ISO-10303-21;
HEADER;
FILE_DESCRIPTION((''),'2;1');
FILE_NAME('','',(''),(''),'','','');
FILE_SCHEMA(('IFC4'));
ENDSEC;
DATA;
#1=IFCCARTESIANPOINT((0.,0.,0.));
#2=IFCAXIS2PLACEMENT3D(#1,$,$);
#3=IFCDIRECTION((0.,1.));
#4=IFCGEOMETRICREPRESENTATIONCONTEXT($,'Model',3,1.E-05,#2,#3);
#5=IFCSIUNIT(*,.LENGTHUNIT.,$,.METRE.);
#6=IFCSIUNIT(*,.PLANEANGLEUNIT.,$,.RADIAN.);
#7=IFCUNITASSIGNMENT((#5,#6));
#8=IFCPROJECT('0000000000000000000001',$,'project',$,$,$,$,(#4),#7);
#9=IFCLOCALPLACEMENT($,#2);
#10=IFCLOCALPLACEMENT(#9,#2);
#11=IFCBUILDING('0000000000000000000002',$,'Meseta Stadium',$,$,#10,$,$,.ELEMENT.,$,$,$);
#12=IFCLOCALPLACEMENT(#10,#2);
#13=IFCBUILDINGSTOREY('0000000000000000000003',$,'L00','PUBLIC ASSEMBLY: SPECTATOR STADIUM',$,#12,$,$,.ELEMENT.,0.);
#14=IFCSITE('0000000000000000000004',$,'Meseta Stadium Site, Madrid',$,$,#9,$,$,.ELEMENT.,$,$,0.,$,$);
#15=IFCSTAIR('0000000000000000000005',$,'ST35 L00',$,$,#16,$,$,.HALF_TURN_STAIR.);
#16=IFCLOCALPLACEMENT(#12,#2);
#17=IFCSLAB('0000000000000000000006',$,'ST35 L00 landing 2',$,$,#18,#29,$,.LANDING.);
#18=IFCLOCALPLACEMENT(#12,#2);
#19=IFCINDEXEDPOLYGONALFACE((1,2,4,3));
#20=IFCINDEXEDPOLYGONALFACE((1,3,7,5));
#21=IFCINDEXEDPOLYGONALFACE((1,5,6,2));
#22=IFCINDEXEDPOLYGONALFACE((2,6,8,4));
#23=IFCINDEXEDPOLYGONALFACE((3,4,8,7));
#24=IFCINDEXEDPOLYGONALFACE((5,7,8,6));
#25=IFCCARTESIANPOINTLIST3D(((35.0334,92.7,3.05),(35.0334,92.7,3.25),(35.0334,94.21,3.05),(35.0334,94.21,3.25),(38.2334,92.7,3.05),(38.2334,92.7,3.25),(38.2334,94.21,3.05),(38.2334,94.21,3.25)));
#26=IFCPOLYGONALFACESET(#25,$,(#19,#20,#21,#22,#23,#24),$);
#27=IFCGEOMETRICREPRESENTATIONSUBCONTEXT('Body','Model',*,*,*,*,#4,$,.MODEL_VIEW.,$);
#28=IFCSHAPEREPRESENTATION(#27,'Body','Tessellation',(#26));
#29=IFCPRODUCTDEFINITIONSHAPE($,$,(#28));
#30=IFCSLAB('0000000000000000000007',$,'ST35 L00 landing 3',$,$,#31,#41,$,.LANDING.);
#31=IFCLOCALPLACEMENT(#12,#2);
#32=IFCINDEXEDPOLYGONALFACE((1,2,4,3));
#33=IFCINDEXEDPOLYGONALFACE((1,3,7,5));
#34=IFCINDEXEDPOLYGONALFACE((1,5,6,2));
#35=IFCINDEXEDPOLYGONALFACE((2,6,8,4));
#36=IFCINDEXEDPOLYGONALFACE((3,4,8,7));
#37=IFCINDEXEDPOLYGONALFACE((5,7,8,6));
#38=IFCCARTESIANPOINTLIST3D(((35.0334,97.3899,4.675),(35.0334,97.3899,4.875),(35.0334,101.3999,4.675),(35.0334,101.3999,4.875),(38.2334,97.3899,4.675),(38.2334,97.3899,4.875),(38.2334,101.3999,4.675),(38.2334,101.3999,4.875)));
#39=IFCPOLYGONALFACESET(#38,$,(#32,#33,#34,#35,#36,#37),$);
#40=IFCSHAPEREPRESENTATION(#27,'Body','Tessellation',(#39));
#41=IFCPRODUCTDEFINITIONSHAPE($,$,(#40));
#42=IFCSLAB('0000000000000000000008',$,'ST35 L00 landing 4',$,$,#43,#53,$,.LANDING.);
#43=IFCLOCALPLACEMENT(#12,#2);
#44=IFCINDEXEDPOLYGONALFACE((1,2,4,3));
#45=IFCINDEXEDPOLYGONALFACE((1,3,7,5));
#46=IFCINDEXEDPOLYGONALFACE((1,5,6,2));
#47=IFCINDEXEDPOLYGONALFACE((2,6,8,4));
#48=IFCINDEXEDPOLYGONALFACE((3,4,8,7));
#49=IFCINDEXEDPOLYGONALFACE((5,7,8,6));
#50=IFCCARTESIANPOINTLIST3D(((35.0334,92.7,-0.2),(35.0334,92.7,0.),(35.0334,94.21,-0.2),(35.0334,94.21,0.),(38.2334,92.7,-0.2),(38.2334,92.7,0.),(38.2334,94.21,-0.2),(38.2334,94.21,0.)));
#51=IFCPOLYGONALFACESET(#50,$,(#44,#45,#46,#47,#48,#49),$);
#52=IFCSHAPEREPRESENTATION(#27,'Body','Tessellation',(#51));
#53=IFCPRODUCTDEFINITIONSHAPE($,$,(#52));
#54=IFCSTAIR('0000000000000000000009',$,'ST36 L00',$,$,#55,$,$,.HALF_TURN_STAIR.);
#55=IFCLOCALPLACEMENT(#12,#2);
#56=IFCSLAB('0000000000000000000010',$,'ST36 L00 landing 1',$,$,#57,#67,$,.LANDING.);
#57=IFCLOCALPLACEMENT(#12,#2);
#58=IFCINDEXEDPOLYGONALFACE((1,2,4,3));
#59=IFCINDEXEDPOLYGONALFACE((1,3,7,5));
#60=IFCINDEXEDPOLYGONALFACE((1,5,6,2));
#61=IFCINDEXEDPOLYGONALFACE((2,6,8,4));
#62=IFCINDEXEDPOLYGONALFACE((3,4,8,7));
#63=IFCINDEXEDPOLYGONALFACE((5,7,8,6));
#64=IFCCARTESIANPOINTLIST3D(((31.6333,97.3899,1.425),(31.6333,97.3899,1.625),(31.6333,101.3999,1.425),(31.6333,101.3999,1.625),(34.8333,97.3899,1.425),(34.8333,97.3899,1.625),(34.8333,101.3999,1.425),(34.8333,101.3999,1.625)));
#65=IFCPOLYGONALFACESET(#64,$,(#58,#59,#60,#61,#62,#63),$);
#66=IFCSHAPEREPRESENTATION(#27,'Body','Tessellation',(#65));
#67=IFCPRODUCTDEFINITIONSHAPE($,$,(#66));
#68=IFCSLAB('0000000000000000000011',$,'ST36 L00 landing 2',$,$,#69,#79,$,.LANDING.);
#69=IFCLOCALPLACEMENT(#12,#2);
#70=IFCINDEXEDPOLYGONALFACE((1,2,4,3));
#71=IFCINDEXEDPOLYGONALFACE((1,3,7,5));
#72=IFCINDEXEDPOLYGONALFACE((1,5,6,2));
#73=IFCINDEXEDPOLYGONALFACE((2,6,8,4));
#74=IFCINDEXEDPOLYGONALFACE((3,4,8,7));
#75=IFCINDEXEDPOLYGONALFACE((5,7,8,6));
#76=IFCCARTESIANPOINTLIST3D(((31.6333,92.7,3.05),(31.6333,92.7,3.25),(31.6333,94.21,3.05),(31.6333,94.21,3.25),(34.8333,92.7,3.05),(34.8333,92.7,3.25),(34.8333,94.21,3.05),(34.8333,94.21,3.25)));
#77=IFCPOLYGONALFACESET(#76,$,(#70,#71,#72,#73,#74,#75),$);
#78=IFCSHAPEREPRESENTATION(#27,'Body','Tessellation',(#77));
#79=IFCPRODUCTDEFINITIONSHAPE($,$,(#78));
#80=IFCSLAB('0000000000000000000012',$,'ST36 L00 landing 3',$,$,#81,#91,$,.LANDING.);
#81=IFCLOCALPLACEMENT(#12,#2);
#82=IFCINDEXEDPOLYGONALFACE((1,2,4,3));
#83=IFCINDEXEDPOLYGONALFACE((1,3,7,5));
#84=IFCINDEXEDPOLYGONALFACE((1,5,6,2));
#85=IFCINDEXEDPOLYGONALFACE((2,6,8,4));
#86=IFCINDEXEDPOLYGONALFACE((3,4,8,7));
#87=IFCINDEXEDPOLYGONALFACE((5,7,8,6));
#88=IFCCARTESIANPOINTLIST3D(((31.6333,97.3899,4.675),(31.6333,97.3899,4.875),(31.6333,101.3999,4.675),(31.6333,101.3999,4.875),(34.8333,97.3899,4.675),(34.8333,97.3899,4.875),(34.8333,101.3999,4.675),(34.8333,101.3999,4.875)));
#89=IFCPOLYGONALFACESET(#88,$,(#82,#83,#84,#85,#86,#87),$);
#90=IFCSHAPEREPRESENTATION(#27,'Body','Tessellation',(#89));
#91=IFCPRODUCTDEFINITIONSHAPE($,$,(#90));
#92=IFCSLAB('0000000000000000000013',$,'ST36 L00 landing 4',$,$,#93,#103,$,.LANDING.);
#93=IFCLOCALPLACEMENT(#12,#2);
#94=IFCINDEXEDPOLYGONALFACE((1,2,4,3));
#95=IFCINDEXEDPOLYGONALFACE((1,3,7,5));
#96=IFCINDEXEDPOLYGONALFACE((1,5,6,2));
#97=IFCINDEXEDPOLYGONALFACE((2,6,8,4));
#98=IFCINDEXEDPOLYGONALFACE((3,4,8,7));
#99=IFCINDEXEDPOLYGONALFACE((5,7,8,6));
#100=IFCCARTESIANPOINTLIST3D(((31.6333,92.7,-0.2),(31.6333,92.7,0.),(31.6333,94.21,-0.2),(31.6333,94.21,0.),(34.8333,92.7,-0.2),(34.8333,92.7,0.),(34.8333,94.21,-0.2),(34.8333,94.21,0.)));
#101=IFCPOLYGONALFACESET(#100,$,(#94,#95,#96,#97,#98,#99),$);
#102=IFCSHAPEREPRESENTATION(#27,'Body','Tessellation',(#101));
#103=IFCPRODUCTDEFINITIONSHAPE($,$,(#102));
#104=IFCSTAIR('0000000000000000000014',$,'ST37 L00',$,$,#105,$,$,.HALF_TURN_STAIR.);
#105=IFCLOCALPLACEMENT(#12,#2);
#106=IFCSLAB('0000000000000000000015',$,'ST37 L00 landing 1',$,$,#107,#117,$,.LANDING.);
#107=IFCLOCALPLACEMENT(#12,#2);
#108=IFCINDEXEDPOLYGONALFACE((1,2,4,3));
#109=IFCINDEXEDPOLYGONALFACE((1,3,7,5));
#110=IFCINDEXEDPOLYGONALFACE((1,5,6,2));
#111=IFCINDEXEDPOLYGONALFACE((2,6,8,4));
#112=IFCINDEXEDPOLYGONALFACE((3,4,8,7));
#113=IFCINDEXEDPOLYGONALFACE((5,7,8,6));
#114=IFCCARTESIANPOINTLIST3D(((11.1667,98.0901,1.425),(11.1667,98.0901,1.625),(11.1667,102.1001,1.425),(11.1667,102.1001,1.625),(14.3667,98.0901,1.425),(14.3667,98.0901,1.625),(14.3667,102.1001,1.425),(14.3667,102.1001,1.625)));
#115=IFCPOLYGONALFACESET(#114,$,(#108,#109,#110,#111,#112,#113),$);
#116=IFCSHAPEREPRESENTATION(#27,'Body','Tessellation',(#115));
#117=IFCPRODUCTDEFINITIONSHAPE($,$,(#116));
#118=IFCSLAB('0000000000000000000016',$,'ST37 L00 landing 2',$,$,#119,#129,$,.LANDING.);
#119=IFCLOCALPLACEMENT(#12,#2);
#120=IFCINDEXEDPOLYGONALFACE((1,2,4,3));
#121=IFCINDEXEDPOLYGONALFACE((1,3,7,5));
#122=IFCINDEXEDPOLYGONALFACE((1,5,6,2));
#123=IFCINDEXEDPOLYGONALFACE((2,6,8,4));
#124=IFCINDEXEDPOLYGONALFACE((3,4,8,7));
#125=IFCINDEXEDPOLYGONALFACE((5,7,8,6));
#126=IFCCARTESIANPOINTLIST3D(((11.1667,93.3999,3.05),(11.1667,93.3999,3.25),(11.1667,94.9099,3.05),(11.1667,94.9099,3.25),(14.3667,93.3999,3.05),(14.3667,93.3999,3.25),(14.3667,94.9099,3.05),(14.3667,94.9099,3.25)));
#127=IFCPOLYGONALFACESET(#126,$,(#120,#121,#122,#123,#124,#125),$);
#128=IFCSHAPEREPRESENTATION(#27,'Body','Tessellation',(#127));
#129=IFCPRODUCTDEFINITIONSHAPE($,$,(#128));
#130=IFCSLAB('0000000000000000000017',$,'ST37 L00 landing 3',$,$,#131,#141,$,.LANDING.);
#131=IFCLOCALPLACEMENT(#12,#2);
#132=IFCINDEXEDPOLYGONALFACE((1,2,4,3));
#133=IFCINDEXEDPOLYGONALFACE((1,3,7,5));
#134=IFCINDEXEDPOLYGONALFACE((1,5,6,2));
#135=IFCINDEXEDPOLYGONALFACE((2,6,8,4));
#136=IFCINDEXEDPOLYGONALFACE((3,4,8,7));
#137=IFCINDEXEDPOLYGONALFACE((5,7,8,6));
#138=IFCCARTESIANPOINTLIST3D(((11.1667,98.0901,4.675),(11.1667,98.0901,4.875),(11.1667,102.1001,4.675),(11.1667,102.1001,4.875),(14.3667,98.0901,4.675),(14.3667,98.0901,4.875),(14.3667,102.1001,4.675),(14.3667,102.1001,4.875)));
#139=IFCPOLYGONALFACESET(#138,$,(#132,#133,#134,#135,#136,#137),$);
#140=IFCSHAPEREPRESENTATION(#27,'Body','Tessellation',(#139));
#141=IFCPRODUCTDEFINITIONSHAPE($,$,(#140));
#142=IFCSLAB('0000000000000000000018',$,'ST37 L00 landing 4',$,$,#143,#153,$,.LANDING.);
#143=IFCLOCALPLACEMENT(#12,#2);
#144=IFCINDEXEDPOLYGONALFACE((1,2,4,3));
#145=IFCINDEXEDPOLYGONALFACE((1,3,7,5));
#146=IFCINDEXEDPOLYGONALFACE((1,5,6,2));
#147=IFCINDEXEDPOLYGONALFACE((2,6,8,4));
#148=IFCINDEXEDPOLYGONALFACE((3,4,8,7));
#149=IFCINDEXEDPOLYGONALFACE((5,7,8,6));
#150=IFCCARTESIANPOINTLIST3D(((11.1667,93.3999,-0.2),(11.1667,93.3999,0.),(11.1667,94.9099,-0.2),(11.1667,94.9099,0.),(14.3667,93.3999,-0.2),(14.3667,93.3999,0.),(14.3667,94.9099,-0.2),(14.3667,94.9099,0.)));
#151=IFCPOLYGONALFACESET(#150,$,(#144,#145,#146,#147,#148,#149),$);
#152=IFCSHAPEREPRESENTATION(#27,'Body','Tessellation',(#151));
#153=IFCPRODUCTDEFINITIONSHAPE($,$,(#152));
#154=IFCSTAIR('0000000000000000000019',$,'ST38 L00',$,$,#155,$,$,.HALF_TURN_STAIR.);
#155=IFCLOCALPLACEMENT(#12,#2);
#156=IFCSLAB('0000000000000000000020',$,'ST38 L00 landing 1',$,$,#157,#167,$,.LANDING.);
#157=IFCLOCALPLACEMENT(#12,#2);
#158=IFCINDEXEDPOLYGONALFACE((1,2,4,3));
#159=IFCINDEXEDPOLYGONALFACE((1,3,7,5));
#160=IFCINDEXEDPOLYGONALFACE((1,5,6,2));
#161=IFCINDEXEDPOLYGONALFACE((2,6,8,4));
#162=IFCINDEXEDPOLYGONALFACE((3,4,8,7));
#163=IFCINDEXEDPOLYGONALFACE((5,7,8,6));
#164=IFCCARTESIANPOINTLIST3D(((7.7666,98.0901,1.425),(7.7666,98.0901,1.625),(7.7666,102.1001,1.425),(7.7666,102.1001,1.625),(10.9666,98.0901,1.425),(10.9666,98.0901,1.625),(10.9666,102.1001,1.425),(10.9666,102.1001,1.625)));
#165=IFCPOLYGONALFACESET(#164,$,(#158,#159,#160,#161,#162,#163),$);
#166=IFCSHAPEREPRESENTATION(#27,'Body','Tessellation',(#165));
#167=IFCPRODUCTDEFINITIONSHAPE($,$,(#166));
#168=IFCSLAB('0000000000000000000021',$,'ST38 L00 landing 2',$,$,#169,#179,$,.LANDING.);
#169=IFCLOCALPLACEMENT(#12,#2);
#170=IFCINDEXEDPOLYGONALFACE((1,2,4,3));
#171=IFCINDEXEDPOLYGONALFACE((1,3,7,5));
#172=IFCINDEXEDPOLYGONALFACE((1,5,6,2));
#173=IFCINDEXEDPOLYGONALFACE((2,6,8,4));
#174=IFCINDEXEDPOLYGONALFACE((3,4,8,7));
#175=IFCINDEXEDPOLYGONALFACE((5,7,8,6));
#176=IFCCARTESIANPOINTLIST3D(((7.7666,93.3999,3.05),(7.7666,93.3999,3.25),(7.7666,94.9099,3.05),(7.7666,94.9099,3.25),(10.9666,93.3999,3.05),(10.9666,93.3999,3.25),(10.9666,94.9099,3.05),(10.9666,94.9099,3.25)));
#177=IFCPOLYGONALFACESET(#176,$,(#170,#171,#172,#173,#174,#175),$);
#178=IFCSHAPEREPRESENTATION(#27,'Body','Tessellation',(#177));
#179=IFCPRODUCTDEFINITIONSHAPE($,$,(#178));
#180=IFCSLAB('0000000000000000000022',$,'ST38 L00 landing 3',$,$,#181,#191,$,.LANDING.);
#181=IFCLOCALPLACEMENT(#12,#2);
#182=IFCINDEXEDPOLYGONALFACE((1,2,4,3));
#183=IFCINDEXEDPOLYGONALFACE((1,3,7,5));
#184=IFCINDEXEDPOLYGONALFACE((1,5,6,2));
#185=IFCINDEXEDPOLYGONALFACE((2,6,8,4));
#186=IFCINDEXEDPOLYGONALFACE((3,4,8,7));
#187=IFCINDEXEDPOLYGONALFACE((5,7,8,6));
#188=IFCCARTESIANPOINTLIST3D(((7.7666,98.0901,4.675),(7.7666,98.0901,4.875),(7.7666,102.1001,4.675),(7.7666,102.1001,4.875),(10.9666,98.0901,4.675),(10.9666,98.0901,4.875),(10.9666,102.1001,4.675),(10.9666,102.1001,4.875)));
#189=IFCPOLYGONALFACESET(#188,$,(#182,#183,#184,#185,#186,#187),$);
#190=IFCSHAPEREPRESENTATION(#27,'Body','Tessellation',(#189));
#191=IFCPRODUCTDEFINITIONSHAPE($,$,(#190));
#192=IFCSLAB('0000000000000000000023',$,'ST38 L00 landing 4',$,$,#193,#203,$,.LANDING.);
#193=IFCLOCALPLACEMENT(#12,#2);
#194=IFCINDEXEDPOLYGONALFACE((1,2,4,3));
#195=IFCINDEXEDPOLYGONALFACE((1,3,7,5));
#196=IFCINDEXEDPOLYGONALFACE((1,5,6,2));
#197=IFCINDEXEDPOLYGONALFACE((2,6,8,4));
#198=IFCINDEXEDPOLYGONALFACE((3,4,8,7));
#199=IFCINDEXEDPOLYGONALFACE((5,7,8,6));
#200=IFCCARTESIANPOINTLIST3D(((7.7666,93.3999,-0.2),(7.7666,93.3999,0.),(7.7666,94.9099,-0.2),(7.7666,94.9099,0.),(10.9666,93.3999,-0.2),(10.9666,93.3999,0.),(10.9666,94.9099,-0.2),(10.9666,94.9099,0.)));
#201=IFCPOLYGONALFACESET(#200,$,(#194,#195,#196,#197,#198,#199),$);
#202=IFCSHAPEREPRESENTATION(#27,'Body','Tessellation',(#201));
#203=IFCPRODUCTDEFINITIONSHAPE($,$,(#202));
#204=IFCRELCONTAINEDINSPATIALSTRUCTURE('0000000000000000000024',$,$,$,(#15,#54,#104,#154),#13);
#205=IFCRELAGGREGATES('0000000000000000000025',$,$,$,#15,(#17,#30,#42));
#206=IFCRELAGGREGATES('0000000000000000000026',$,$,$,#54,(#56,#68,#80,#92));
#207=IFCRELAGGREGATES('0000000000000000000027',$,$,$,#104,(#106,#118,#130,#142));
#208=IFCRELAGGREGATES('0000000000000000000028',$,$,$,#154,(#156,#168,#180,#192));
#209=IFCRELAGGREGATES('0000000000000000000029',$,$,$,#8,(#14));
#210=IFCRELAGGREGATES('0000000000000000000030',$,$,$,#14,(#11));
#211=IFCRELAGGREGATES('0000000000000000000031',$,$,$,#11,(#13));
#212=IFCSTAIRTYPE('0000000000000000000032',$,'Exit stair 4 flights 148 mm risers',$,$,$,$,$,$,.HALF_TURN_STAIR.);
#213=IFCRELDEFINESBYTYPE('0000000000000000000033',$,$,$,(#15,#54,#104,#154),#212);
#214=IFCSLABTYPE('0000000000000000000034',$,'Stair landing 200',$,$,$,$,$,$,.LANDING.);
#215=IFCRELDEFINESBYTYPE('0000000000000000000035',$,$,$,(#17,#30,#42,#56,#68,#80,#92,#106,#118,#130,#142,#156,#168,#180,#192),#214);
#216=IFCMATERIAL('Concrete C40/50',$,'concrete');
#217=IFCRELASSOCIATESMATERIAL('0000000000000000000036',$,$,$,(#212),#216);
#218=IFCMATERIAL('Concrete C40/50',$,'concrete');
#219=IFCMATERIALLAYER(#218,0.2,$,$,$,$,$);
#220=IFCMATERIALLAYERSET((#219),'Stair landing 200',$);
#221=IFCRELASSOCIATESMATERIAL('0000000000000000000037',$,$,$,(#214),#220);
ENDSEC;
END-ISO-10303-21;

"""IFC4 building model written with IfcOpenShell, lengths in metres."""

from ifc_helpers import new_model, si_unit, direction, frame, origin, place, context, subcontext, project, spatial, polyline, outline, extrude, material, layer, layer_set, type_object, element, aggregate, save


model = new_model("IFC4")

# Units and contexts
model_context = context("Model", 3, precision=1e-05, world=origin(), true_north=direction((0.0, 1.0)))
body_context = subcontext(model_context, "Body", "Model", "MODEL_VIEW")
ifc_project = project(units=[si_unit("LENGTHUNIT", "METRE"), si_unit("PLANEANGLEUNIT", "RADIAN")], contexts=[model_context])

# Site, building, storey
site_placement = place(None, origin())
site = spatial("IfcSite", under=ifc_project, at=site_placement, Name="Meseta Stadium Site, Madrid", CompositionType="ELEMENT", RefElevation=0.0)
building_placement = place(site_placement, origin())
building = spatial("IfcBuilding", under=site, at=building_placement, Name="Meseta Stadium", CompositionType="ELEMENT")
storey_placement = place(building_placement, origin())
storey = spatial("IfcBuildingStorey", under=building, at=storey_placement, Name="L00", Description="PUBLIC ASSEMBLY: SPECTATOR STADIUM", CompositionType="ELEMENT", Elevation=0.0)

# Stairs, slabs
ifc_material_1 = material(Name="Concrete C40/50", Category="concrete")
stair_type = type_object("IfcStairType", Name="Exit stair 4 flights 148 mm risers", PredefinedType="HALF_TURN_STAIR", material=ifc_material_1)
ifc_material_2 = material(Name="Concrete C40/50", Category="concrete")
ifc_layer = layer(ifc_material_2, 0.2)
ifc_layer_set = layer_set([ifc_layer], Name="Stair landing 200")
slab_type = type_object("IfcSlabType", Name="Stair landing 200", PredefinedType="LANDING", material=ifc_layer_set)
stair_1_placement = place(storey_placement, origin())
stair_1 = element("IfcStair", 1, at=stair_1_placement, inside=storey, type_object=stair_type, Name="ST35 L00", PredefinedType="HALF_TURN_STAIR")
slab_1_placement = place(storey_placement, frame((0.0, 0.0, 3.05)))
slab_1 = element("IfcSlab", 2, at=slab_1_placement, type_object=slab_type, Name="ST35 L00 landing 2", PredefinedType="LANDING", context=body_context, shape_type="SweptSolid", body=[
    extrude(outline(polyline([(38.2334, 92.7), (38.2334, 94.21), (35.0334, 94.21), (35.0334, 92.7), (38.2334, 92.7)])), origin(), (0.0, 0.0, 1.0), 0.2),
])
slab_2_placement = place(storey_placement, frame((0.0, 0.0, 4.675)))
slab_2 = element("IfcSlab", 3, at=slab_2_placement, type_object=slab_type, Name="ST35 L00 landing 3", PredefinedType="LANDING", context=body_context, shape_type="SweptSolid", body=[
    extrude(outline(polyline([(38.2334, 97.3899), (38.2334, 101.3999), (35.0334, 101.3999), (35.0334, 97.3899), (38.2334, 97.3899)])), origin(), (0.0, 0.0, 1.0), 0.2),
])
slab_3_placement = place(storey_placement, frame((0.0, 0.0, -0.2)))
slab_3 = element("IfcSlab", 4, at=slab_3_placement, type_object=slab_type, Name="ST35 L00 landing 4", PredefinedType="LANDING", context=body_context, shape_type="SweptSolid", body=[
    extrude(outline(polyline([(38.2334, 92.7), (38.2334, 94.21), (35.0334, 94.21), (35.0334, 92.7), (38.2334, 92.7)])), origin(), (0.0, 0.0, 1.0), 0.2),
])
aggregate(stair_1, [slab_1, slab_2, slab_3])
stair_2_placement = place(storey_placement, origin())
stair_2 = element("IfcStair", 5, at=stair_2_placement, inside=storey, type_object=stair_type, Name="ST36 L00", PredefinedType="HALF_TURN_STAIR")
slab_4_placement = place(storey_placement, frame((0.0, 0.0, 1.425)))
slab_4 = element("IfcSlab", 6, at=slab_4_placement, type_object=slab_type, Name="ST36 L00 landing 1", PredefinedType="LANDING", context=body_context, shape_type="SweptSolid", body=[
    extrude(outline(polyline([(34.8333, 97.3899), (34.8333, 101.3999), (31.6333, 101.3999), (31.6333, 97.3899), (34.8333, 97.3899)])), origin(), (0.0, 0.0, 1.0), 0.2),
])
slab_5_placement = place(storey_placement, frame((0.0, 0.0, 3.05)))
slab_5 = element("IfcSlab", 7, at=slab_5_placement, type_object=slab_type, Name="ST36 L00 landing 2", PredefinedType="LANDING", context=body_context, shape_type="SweptSolid", body=[
    extrude(outline(polyline([(34.8333, 92.7), (34.8333, 94.21), (31.6333, 94.21), (31.6333, 92.7), (34.8333, 92.7)])), origin(), (0.0, 0.0, 1.0), 0.2),
])
slab_6_placement = place(storey_placement, frame((0.0, 0.0, 4.675)))
slab_6 = element("IfcSlab", 8, at=slab_6_placement, type_object=slab_type, Name="ST36 L00 landing 3", PredefinedType="LANDING", context=body_context, shape_type="SweptSolid", body=[
    extrude(outline(polyline([(34.8333, 97.3899), (34.8333, 101.3999), (31.6333, 101.3999), (31.6333, 97.3899), (34.8333, 97.3899)])), origin(), (0.0, 0.0, 1.0), 0.2),
])
slab_7_placement = place(storey_placement, frame((0.0, 0.0, -0.2)))
slab_7 = element("IfcSlab", 9, at=slab_7_placement, type_object=slab_type, Name="ST36 L00 landing 4", PredefinedType="LANDING", context=body_context, shape_type="SweptSolid", body=[
    extrude(outline(polyline([(34.8333, 92.7), (34.8333, 94.21), (31.6333, 94.21), (31.6333, 92.7), (34.8333, 92.7)])), origin(), (0.0, 0.0, 1.0), 0.2),
])
aggregate(stair_2, [slab_4, slab_5, slab_6, slab_7])
stair_3_placement = place(storey_placement, origin())
stair_3 = element("IfcStair", 10, at=stair_3_placement, inside=storey, type_object=stair_type, Name="ST37 L00", PredefinedType="HALF_TURN_STAIR")
slab_8_placement = place(storey_placement, frame((0.0, 0.0, 1.425)))
slab_8 = element("IfcSlab", 11, at=slab_8_placement, type_object=slab_type, Name="ST37 L00 landing 1", PredefinedType="LANDING", context=body_context, shape_type="SweptSolid", body=[
    extrude(outline(polyline([(14.3667, 98.0901), (14.3667, 102.1001), (11.1667, 102.1001), (11.1667, 98.0901), (14.3667, 98.0901)])), origin(), (0.0, 0.0, 1.0), 0.2),
])
slab_9_placement = place(storey_placement, frame((0.0, 0.0, 3.05)))
slab_9 = element("IfcSlab", 12, at=slab_9_placement, type_object=slab_type, Name="ST37 L00 landing 2", PredefinedType="LANDING", context=body_context, shape_type="SweptSolid", body=[
    extrude(outline(polyline([(14.3667, 93.3999), (14.3667, 94.9099), (11.1667, 94.9099), (11.1667, 93.3999), (14.3667, 93.3999)])), origin(), (0.0, 0.0, 1.0), 0.2),
])
slab_10_placement = place(storey_placement, frame((0.0, 0.0, 4.675)))
slab_10 = element("IfcSlab", 13, at=slab_10_placement, type_object=slab_type, Name="ST37 L00 landing 3", PredefinedType="LANDING", context=body_context, shape_type="SweptSolid", body=[
    extrude(outline(polyline([(14.3667, 98.0901), (14.3667, 102.1001), (11.1667, 102.1001), (11.1667, 98.0901), (14.3667, 98.0901)])), origin(), (0.0, 0.0, 1.0), 0.2),
])
slab_11_placement = place(storey_placement, frame((0.0, 0.0, -0.2)))
slab_11 = element("IfcSlab", 14, at=slab_11_placement, type_object=slab_type, Name="ST37 L00 landing 4", PredefinedType="LANDING", context=body_context, shape_type="SweptSolid", body=[
    extrude(outline(polyline([(14.3667, 93.3999), (14.3667, 94.9099), (11.1667, 94.9099), (11.1667, 93.3999), (14.3667, 93.3999)])), origin(), (0.0, 0.0, 1.0), 0.2),
])
aggregate(stair_3, [slab_8, slab_9, slab_10, slab_11])
stair_4_placement = place(storey_placement, origin())
stair_4 = element("IfcStair", 15, at=stair_4_placement, inside=storey, type_object=stair_type, Name="ST38 L00", PredefinedType="HALF_TURN_STAIR")
slab_12_placement = place(storey_placement, frame((0.0, 0.0, 1.425)))
slab_12 = element("IfcSlab", 16, at=slab_12_placement, type_object=slab_type, Name="ST38 L00 landing 1", PredefinedType="LANDING", context=body_context, shape_type="SweptSolid", body=[
    extrude(outline(polyline([(10.9666, 98.0901), (10.9666, 102.1001), (7.7666, 102.1001), (7.7666, 98.0901), (10.9666, 98.0901)])), origin(), (0.0, 0.0, 1.0), 0.2),
])
slab_13_placement = place(storey_placement, frame((0.0, 0.0, 3.05)))
slab_13 = element("IfcSlab", 17, at=slab_13_placement, type_object=slab_type, Name="ST38 L00 landing 2", PredefinedType="LANDING", context=body_context, shape_type="SweptSolid", body=[
    extrude(outline(polyline([(10.9666, 93.3999), (10.9666, 94.9099), (7.7666, 94.9099), (7.7666, 93.3999), (10.9666, 93.3999)])), origin(), (0.0, 0.0, 1.0), 0.2),
])
slab_14_placement = place(storey_placement, frame((0.0, 0.0, 4.675)))
slab_14 = element("IfcSlab", 18, at=slab_14_placement, type_object=slab_type, Name="ST38 L00 landing 3", PredefinedType="LANDING", context=body_context, shape_type="SweptSolid", body=[
    extrude(outline(polyline([(10.9666, 98.0901), (10.9666, 102.1001), (7.7666, 102.1001), (7.7666, 98.0901), (10.9666, 98.0901)])), origin(), (0.0, 0.0, 1.0), 0.2),
])
slab_15_placement = place(storey_placement, frame((0.0, 0.0, -0.2)))
slab_15 = element("IfcSlab", 19, at=slab_15_placement, type_object=slab_type, Name="ST38 L00 landing 4", PredefinedType="LANDING", context=body_context, shape_type="SweptSolid", body=[
    extrude(outline(polyline([(10.9666, 93.3999), (10.9666, 94.9099), (7.7666, 94.9099), (7.7666, 93.3999), (10.9666, 93.3999)])), origin(), (0.0, 0.0, 1.0), 0.2),
])
aggregate(stair_4, [slab_12, slab_13, slab_14, slab_15])

save(model, "model.ifc")
